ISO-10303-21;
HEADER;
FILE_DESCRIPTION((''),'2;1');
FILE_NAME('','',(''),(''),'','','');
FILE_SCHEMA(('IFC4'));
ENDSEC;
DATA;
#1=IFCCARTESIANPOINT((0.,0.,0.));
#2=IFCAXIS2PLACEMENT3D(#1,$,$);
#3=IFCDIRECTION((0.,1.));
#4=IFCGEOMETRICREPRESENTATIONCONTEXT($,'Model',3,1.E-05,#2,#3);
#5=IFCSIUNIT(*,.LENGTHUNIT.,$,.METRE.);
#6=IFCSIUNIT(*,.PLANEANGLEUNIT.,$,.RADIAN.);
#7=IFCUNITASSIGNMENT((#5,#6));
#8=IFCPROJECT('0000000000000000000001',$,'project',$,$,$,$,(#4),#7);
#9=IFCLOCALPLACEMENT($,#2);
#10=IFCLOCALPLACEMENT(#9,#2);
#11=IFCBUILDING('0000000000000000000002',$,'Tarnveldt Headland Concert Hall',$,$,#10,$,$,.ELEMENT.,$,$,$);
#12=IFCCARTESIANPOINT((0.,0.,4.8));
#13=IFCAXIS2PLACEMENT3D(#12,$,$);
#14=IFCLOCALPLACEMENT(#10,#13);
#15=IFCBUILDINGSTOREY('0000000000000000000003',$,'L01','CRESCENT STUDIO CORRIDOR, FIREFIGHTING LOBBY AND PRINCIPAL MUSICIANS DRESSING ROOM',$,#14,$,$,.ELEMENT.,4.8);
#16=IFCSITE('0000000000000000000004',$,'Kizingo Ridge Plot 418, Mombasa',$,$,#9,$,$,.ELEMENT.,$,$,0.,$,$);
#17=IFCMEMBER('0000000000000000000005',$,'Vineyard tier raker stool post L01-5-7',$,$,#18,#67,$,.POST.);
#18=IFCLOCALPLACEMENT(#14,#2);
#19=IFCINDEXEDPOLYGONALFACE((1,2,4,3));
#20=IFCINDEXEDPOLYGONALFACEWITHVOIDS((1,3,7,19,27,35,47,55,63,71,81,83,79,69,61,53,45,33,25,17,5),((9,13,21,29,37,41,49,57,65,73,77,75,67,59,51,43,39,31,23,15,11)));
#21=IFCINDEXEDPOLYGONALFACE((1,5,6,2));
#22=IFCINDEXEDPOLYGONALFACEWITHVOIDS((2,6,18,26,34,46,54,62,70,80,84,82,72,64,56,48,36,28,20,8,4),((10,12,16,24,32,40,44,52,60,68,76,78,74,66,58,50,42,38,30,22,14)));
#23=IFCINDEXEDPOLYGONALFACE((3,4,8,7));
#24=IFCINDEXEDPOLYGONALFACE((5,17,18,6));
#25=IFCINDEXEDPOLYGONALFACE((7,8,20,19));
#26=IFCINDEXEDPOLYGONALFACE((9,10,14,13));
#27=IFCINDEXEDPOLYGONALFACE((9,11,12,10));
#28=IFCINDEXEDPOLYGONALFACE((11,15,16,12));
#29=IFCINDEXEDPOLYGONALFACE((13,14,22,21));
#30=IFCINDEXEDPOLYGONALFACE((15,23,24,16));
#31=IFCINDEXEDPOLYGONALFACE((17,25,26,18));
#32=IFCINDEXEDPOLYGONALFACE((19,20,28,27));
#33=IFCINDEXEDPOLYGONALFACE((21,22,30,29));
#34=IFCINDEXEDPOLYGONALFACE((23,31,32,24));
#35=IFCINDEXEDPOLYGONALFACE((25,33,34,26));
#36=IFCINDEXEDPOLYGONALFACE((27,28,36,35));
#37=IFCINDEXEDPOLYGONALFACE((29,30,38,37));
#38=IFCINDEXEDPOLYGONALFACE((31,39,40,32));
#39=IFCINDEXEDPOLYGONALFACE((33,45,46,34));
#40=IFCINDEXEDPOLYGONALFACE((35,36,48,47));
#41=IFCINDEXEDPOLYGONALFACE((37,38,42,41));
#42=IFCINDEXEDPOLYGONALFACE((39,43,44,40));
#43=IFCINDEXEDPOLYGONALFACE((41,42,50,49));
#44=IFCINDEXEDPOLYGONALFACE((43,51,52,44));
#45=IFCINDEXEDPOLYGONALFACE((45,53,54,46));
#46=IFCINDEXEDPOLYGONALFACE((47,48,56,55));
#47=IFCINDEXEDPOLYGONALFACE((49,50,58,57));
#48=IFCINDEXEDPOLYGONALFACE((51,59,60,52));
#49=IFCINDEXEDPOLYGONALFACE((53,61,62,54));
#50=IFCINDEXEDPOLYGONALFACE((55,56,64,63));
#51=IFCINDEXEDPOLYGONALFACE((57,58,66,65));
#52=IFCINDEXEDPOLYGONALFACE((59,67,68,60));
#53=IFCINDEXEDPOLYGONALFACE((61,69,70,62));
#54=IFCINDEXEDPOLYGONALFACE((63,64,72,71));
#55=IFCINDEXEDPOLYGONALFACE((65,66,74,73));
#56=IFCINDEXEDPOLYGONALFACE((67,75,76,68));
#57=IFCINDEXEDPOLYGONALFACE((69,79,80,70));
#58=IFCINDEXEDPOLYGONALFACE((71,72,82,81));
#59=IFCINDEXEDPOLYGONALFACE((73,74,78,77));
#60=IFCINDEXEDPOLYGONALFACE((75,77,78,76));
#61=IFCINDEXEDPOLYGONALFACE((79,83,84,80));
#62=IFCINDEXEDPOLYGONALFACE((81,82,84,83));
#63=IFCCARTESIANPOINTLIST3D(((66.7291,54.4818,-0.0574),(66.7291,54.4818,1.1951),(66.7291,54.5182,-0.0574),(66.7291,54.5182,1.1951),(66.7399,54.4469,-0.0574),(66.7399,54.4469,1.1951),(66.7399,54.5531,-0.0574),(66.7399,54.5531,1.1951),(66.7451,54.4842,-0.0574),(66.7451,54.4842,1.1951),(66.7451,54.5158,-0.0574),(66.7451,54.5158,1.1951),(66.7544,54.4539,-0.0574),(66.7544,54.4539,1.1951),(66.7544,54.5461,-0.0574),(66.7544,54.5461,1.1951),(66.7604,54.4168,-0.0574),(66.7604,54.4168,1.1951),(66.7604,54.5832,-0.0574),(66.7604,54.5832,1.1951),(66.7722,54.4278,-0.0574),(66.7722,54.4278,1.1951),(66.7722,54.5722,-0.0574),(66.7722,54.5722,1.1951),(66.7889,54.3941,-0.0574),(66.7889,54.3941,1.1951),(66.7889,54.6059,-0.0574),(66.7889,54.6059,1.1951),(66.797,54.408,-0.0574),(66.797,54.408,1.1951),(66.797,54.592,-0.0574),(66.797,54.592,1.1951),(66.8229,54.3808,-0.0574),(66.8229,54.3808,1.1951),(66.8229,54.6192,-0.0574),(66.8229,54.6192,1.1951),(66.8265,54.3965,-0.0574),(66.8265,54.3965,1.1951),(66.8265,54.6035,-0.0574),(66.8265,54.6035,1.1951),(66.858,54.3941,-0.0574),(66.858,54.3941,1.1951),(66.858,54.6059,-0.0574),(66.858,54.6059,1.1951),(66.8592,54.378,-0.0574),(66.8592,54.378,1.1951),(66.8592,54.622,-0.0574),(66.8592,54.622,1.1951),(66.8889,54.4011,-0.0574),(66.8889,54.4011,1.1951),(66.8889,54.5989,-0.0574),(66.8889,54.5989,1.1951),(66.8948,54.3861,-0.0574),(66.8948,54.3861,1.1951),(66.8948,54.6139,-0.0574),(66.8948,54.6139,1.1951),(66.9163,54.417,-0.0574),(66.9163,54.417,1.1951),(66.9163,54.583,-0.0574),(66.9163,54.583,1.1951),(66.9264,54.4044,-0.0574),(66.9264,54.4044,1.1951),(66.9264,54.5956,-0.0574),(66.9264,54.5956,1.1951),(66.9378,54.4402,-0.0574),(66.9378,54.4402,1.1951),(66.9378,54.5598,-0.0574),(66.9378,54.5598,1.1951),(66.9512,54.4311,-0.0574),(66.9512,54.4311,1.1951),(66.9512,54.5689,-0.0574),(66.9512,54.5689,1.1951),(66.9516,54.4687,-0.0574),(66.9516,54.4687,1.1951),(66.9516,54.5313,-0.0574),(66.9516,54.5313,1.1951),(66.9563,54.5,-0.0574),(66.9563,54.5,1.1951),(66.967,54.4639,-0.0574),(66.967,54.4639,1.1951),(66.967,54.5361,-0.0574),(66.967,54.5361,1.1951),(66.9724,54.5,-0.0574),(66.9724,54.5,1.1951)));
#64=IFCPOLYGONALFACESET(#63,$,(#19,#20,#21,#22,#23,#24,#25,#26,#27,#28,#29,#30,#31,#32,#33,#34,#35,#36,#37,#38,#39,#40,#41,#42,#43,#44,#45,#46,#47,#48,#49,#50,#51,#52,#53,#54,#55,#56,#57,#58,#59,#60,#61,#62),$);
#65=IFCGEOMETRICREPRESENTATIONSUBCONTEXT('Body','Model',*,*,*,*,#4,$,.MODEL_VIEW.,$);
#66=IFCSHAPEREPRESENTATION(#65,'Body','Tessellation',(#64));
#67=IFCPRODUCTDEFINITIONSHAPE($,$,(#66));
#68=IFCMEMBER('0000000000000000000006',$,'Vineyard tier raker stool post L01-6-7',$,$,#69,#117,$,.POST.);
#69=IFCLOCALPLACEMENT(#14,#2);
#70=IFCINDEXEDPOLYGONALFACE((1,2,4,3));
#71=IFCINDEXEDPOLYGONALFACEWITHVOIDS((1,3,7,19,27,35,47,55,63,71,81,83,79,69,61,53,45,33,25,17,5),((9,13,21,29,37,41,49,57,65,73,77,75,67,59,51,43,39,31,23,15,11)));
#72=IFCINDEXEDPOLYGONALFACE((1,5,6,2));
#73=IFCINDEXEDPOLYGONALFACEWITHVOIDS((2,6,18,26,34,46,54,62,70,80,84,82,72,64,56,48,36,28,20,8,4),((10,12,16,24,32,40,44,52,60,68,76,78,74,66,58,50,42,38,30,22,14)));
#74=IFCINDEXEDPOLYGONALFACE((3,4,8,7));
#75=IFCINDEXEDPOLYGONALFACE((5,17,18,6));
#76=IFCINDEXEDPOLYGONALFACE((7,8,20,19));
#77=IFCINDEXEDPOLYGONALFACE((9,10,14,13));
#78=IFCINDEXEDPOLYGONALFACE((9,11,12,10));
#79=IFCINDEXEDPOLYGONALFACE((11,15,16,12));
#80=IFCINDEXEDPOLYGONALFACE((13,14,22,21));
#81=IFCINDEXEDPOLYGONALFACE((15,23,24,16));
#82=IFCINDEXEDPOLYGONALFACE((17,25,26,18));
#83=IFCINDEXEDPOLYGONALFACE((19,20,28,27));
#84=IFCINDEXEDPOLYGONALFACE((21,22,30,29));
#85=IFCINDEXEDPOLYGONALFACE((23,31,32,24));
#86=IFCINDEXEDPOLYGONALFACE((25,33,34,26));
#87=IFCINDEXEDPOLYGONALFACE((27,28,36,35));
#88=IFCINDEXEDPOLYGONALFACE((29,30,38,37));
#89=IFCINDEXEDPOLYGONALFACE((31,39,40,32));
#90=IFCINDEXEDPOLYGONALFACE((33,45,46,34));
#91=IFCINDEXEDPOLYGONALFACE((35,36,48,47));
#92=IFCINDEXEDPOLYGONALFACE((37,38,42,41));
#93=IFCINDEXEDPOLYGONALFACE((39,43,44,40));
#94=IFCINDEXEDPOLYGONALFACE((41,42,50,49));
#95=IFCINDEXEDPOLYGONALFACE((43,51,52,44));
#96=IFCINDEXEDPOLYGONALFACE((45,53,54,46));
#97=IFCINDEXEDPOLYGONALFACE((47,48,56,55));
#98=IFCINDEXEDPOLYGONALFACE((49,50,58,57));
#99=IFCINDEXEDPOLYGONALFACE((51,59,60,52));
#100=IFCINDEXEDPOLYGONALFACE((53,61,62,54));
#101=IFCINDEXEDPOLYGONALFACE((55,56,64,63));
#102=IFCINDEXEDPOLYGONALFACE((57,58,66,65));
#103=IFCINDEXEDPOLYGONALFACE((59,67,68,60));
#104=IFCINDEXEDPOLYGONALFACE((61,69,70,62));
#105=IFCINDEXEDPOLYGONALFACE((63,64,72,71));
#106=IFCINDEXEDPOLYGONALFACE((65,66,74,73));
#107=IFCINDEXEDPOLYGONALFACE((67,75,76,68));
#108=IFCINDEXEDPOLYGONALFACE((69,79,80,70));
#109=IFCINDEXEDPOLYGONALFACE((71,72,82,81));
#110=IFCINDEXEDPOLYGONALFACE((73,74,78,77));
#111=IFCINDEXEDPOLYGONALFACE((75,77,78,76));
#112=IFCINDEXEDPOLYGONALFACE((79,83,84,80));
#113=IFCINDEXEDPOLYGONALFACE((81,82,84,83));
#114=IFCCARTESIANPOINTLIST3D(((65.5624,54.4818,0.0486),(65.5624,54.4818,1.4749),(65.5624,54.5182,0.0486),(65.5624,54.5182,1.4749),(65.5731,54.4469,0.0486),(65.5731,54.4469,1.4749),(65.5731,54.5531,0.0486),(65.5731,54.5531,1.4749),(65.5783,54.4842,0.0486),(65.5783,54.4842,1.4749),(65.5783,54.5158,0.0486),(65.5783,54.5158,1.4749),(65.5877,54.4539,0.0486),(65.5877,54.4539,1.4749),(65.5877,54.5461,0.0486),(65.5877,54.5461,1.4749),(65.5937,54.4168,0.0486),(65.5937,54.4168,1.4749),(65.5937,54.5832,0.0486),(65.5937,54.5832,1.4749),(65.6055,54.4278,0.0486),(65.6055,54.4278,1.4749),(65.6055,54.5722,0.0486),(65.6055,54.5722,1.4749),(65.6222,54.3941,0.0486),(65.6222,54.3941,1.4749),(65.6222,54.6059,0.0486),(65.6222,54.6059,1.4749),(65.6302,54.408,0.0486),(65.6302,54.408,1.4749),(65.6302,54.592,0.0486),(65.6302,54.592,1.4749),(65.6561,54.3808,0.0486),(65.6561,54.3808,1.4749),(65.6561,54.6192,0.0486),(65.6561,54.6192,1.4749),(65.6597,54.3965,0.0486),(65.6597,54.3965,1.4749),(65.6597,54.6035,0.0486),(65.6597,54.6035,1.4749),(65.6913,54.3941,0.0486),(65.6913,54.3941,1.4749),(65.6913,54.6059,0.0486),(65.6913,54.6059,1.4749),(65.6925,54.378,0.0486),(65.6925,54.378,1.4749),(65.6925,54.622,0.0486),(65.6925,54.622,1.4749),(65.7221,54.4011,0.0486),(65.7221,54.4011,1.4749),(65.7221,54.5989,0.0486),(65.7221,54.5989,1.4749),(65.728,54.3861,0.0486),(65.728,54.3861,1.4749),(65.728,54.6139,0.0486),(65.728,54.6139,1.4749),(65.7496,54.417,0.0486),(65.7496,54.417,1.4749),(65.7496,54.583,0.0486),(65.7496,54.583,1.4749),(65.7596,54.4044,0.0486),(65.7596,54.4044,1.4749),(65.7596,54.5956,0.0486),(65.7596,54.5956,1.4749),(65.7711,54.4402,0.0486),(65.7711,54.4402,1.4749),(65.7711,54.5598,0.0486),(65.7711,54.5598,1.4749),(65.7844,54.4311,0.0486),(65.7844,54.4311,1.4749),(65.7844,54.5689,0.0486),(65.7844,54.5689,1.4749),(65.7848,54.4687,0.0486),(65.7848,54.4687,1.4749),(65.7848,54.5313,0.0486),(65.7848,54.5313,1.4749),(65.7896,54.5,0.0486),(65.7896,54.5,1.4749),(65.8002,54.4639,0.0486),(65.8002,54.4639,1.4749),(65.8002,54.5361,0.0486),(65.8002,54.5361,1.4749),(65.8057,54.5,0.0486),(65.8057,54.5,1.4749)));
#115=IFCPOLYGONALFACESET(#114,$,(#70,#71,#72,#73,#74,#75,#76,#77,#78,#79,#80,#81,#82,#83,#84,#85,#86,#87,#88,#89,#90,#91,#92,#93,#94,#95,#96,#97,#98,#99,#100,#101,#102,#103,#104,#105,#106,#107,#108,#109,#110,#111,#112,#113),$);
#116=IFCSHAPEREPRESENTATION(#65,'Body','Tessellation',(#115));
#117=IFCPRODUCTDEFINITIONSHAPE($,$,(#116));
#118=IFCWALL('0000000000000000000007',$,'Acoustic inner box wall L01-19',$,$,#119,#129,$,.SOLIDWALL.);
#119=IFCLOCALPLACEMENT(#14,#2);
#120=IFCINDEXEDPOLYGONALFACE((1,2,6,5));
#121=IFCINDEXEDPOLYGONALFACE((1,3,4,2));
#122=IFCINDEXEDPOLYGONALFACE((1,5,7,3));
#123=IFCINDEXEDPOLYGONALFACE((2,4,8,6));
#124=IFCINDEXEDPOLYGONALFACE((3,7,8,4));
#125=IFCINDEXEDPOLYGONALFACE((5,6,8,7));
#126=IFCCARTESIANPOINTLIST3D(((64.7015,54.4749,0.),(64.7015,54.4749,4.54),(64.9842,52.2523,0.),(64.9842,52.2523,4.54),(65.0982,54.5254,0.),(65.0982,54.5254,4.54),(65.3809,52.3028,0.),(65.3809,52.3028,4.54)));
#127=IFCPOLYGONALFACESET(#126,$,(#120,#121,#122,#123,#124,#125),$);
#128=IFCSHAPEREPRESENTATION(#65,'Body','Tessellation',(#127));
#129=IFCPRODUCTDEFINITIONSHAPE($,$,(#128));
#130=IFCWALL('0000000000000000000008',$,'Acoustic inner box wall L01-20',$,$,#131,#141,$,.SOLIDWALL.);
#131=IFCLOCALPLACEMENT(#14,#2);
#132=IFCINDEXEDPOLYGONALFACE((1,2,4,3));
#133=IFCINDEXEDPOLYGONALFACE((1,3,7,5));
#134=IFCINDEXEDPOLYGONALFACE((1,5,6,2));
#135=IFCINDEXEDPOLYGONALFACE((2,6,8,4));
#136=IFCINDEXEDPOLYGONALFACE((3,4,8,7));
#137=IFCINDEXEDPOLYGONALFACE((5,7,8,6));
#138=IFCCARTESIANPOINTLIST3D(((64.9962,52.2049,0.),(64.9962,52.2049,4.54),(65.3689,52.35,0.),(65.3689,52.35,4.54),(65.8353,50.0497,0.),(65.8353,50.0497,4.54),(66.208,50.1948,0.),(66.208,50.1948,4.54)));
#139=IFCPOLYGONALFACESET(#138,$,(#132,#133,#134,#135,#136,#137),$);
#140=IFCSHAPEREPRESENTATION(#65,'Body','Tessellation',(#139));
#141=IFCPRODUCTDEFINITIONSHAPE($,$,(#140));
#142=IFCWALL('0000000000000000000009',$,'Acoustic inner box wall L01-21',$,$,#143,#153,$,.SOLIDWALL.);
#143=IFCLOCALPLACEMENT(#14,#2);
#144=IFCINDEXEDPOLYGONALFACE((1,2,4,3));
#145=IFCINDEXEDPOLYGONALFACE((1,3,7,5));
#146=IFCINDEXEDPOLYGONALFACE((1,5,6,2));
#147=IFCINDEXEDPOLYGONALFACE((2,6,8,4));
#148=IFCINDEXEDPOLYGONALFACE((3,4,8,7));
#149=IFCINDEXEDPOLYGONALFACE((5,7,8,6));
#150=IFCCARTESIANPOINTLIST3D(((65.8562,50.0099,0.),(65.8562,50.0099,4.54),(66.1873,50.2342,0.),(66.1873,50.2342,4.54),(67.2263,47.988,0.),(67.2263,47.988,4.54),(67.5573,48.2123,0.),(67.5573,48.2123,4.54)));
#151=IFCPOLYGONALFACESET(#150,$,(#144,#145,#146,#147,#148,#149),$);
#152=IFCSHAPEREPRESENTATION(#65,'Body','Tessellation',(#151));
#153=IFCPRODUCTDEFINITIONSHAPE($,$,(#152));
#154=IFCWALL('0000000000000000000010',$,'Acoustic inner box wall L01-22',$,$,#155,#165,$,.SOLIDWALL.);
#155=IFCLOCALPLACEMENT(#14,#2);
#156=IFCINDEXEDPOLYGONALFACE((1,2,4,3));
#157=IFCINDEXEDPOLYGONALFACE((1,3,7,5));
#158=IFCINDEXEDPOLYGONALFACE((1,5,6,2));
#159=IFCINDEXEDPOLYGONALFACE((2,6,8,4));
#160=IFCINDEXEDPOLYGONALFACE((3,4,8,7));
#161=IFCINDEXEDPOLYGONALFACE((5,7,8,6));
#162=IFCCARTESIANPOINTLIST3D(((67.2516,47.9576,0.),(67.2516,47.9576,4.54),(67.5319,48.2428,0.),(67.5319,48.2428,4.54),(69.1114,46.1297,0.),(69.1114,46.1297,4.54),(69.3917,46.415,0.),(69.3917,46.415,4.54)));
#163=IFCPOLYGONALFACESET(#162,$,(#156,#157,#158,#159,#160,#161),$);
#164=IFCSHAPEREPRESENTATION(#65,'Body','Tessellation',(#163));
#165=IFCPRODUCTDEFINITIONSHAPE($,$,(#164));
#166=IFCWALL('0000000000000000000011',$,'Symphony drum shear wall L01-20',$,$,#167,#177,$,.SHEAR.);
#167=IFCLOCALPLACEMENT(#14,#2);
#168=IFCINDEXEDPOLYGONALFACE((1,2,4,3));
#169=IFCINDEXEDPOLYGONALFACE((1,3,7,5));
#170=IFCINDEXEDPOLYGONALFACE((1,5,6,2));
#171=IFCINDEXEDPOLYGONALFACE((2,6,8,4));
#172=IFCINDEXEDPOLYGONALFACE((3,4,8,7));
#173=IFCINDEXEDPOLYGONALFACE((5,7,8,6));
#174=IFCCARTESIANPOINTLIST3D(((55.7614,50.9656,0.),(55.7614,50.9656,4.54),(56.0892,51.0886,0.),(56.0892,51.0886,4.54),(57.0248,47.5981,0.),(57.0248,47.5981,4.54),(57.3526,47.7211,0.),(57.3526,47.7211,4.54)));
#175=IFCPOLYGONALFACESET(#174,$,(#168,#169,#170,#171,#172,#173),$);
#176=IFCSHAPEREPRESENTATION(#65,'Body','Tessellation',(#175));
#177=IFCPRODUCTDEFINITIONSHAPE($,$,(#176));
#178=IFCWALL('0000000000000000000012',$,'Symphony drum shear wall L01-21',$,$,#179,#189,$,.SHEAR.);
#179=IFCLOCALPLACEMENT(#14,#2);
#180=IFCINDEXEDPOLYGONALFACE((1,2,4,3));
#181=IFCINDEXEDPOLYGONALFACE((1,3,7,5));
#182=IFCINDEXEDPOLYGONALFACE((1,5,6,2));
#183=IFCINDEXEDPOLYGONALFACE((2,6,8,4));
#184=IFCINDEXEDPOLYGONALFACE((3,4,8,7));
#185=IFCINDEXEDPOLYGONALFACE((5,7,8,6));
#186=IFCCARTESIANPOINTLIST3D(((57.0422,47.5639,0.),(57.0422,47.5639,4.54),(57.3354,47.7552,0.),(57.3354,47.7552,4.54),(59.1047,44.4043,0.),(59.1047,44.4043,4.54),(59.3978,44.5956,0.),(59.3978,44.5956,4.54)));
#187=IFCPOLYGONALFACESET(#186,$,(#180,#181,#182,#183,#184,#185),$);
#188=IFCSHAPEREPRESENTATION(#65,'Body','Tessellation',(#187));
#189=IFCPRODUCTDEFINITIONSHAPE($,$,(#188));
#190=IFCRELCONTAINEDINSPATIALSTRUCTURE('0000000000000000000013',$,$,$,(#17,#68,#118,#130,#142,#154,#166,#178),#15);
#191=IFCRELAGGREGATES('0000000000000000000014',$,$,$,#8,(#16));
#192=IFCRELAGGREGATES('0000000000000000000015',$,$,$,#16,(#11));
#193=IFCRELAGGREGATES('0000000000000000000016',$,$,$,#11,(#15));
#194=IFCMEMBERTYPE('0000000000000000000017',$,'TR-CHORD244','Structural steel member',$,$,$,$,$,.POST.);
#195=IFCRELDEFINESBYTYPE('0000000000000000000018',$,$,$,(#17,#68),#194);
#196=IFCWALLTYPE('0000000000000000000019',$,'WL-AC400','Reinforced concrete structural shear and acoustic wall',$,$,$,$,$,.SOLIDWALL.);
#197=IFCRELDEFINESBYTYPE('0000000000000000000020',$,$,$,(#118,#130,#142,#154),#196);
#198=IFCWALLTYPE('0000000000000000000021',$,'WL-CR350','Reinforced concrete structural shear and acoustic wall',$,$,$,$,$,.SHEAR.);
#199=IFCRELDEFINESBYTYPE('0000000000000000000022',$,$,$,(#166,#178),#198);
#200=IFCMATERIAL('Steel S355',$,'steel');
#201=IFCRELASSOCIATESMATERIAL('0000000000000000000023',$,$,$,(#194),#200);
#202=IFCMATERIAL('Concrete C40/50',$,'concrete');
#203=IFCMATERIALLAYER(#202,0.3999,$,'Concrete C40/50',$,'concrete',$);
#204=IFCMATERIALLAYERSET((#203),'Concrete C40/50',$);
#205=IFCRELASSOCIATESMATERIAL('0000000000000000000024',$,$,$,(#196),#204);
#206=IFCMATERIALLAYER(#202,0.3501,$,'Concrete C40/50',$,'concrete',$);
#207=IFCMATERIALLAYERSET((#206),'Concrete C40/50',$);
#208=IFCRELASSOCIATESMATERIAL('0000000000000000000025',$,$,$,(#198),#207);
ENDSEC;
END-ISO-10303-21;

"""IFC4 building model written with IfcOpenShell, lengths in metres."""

from ifc_helpers import new_model, si_unit, direction, frame, frame_2d, origin, origin_2d, place, context, subcontext, project, spatial, rectangle, hollow_circle, extrude, material, layer, layer_set, material_profile, profile_set, type_object, element, save


model = new_model("IFC4")

# Units and contexts
model_context = context("Model", 3, precision=1e-05, world=origin(), true_north=direction((0.0, 1.0)))
body_context = subcontext(model_context, "Body", "Model", "MODEL_VIEW")
ifc_project = project(units=[si_unit("LENGTHUNIT", "METRE"), si_unit("PLANEANGLEUNIT", "RADIAN")], contexts=[model_context])

# Site, building, storey
site_placement = place(None, origin())
site = spatial("IfcSite", under=ifc_project, at=site_placement, Name="Kizingo Ridge Plot 418, Mombasa", CompositionType="ELEMENT", RefElevation=0.0)
building_placement = place(site_placement, origin())
building = spatial("IfcBuilding", under=site, at=building_placement, Name="Tarnveldt Headland Concert Hall", CompositionType="ELEMENT")
storey_placement = place(building_placement, frame((0.0, 0.0, 4.8)))
storey = spatial("IfcBuildingStorey", under=building, at=storey_placement, Name="L01", Description="CRESCENT STUDIO CORRIDOR, FIREFIGHTING LOBBY AND PRINCIPAL MUSICIANS DRESSING ROOM", CompositionType="ELEMENT", Elevation=4.8)

# Shared definitions
ifc_material_1 = material(Name="Concrete C40/50", Category="concrete")

# Shared definitions
ifc_material_2 = material(Name="Steel S355", Category="steel")

# Members
ifc_material_profile_1 = material_profile(ifc_material_2, hollow_circle(Radius=0.1223, WallThickness=0.0161, at=origin_2d()), Name="CHS 244.5x16", Category="steel")
ifc_profile_set_1 = profile_set([ifc_material_profile_1], Name="Steel S355")
member_type = type_object("IfcMemberType", Name="TR-CHORD244", Description="Structural steel member", PredefinedType="POST", material=ifc_profile_set_1)
member_1_placement = place(storey_placement, frame((66.8501, 54.5, -0.0574), z_axis=(0.0, 0.0, 1.0), x_axis=(1.0, 0.0, 0.0)))
element("IfcMember", 1, at=member_1_placement, inside=storey, type_object=member_type, Name="Vineyard tier raker stool post L01-5-7", PredefinedType="POST", context=body_context, shape_type="SweptSolid", body=[
    extrude(hollow_circle(Radius=0.1223, WallThickness=0.0161, at=origin_2d()), origin(), (0.0, 0.0, 1.0), 1.2524),
])
member_2_placement = place(storey_placement, frame((65.6833, 54.5, 0.0486), z_axis=(0.0, 0.0, 1.0), x_axis=(1.0, 0.0, 0.0)))
element("IfcMember", 2, at=member_2_placement, inside=storey, type_object=member_type, Name="Vineyard tier raker stool post L01-6-7", PredefinedType="POST", context=body_context, shape_type="SweptSolid", body=[
    extrude(hollow_circle(Radius=0.1223, WallThickness=0.0161, at=origin_2d()), origin(), (0.0, 0.0, 1.0), 1.4263),
])

# Walls
ifc_layer_1 = layer(ifc_material_1, 0.3999, Name="Concrete C40/50", Category="concrete")
ifc_layer_set_1 = layer_set([ifc_layer_1], Name="Concrete C40/50")
wall_type_1 = type_object("IfcWallType", Name="WL-AC400", Description="Reinforced concrete structural shear and acoustic wall", PredefinedType="SOLIDWALL", material=ifc_layer_set_1)
wall_1_placement = place(storey_placement, frame((64.8999, 54.5, 0.0), z_axis=(0.0, 0.0, 1.0), x_axis=(0.12618, -0.992007, 0.0)))
element("IfcWall", 3, at=wall_1_placement, inside=storey, type_object=wall_type_1, Name="Acoustic inner box wall L01-19", PredefinedType="SOLIDWALL", context=body_context, shape_type="SweptSolid", body=[
    extrude(rectangle(XDim=2.2405, YDim=0.3999, at=frame_2d((1.1201, 0.0))), origin(), (0.0, 0.0, 1.0), 4.54),
])
wall_2_placement = place(storey_placement, frame((65.1826, 52.2773, 0.0), z_axis=(0.0, 0.0, 1.0), x_axis=(0.362803, -0.931866, 0.0)))
element("IfcWall", 4, at=wall_2_placement, inside=storey, type_object=wall_type_1, Name="Acoustic inner box wall L01-20", PredefinedType="SOLIDWALL", context=body_context, shape_type="SweptSolid", body=[
    extrude(rectangle(XDim=2.3127, YDim=0.3999, at=frame_2d((1.1562, 0.0))), origin(), (0.0, 0.0, 1.0), 4.54),
])
wall_3_placement = place(storey_placement, frame((66.0217, 50.1221, 0.0), z_axis=(0.0, 0.0, 1.0), x_axis=(0.560959, -0.827844, 0.0)))
element("IfcWall", 5, at=wall_3_placement, inside=storey, type_object=wall_type_1, Name="Acoustic inner box wall L01-21", PredefinedType="SOLIDWALL", context=body_context, shape_type="SweptSolid", body=[
    extrude(rectangle(XDim=2.4424, YDim=0.3999, at=frame_2d((1.2212, 0.0))), origin(), (0.0, 0.0, 1.0), 4.54),
])
wall_4_placement = place(storey_placement, frame((67.3918, 48.1001, 0.0), z_axis=(0.0, 0.0, 1.0), x_axis=(0.713212, -0.700948, 0.0)))
element("IfcWall", 6, at=wall_4_placement, inside=storey, type_object=wall_type_1, Name="Acoustic inner box wall L01-22", PredefinedType="SOLIDWALL", context=body_context, shape_type="SweptSolid", body=[
    extrude(rectangle(XDim=2.6077, YDim=0.3999, at=frame_2d((1.3037, 0.0))), origin(), (0.0, 0.0, 1.0), 4.54),
])
ifc_layer_2 = layer(ifc_material_1, 0.3501, Name="Concrete C40/50", Category="concrete")
ifc_layer_set_2 = layer_set([ifc_layer_2], Name="Concrete C40/50")
wall_type_2 = type_object("IfcWallType", Name="WL-CR350", Description="Reinforced concrete structural shear and acoustic wall", PredefinedType="SHEAR", material=ifc_layer_set_2)
wall_5_placement = place(storey_placement, frame((55.9253, 51.0271, 0.0), z_axis=(0.0, 0.0, 1.0), x_axis=(0.35128, -0.936271, 0.0)))
element("IfcWall", 7, at=wall_5_placement, inside=storey, type_object=wall_type_2, Name="Symphony drum shear wall L01-20", PredefinedType="SHEAR", context=body_context, shape_type="SweptSolid", body=[
    extrude(rectangle(XDim=3.5967, YDim=0.3501, at=frame_2d((1.7983, 0.0))), origin(), (0.0, 0.0, 1.0), 4.54),
])
wall_6_placement = place(storey_placement, frame((57.1887, 47.6597, 0.0), z_axis=(0.0, 0.0, 1.0), x_axis=(0.546611, -0.837387, 0.0)))
element("IfcWall", 8, at=wall_6_placement, inside=storey, type_object=wall_type_2, Name="Symphony drum shear wall L01-21", PredefinedType="SHEAR", context=body_context, shape_type="SweptSolid", body=[
    extrude(rectangle(XDim=3.7732, YDim=0.3501, at=frame_2d((1.8867, 0.0))), origin(), (0.0, 0.0, 1.0), 4.54),
])

save(model, "model.ifc")
